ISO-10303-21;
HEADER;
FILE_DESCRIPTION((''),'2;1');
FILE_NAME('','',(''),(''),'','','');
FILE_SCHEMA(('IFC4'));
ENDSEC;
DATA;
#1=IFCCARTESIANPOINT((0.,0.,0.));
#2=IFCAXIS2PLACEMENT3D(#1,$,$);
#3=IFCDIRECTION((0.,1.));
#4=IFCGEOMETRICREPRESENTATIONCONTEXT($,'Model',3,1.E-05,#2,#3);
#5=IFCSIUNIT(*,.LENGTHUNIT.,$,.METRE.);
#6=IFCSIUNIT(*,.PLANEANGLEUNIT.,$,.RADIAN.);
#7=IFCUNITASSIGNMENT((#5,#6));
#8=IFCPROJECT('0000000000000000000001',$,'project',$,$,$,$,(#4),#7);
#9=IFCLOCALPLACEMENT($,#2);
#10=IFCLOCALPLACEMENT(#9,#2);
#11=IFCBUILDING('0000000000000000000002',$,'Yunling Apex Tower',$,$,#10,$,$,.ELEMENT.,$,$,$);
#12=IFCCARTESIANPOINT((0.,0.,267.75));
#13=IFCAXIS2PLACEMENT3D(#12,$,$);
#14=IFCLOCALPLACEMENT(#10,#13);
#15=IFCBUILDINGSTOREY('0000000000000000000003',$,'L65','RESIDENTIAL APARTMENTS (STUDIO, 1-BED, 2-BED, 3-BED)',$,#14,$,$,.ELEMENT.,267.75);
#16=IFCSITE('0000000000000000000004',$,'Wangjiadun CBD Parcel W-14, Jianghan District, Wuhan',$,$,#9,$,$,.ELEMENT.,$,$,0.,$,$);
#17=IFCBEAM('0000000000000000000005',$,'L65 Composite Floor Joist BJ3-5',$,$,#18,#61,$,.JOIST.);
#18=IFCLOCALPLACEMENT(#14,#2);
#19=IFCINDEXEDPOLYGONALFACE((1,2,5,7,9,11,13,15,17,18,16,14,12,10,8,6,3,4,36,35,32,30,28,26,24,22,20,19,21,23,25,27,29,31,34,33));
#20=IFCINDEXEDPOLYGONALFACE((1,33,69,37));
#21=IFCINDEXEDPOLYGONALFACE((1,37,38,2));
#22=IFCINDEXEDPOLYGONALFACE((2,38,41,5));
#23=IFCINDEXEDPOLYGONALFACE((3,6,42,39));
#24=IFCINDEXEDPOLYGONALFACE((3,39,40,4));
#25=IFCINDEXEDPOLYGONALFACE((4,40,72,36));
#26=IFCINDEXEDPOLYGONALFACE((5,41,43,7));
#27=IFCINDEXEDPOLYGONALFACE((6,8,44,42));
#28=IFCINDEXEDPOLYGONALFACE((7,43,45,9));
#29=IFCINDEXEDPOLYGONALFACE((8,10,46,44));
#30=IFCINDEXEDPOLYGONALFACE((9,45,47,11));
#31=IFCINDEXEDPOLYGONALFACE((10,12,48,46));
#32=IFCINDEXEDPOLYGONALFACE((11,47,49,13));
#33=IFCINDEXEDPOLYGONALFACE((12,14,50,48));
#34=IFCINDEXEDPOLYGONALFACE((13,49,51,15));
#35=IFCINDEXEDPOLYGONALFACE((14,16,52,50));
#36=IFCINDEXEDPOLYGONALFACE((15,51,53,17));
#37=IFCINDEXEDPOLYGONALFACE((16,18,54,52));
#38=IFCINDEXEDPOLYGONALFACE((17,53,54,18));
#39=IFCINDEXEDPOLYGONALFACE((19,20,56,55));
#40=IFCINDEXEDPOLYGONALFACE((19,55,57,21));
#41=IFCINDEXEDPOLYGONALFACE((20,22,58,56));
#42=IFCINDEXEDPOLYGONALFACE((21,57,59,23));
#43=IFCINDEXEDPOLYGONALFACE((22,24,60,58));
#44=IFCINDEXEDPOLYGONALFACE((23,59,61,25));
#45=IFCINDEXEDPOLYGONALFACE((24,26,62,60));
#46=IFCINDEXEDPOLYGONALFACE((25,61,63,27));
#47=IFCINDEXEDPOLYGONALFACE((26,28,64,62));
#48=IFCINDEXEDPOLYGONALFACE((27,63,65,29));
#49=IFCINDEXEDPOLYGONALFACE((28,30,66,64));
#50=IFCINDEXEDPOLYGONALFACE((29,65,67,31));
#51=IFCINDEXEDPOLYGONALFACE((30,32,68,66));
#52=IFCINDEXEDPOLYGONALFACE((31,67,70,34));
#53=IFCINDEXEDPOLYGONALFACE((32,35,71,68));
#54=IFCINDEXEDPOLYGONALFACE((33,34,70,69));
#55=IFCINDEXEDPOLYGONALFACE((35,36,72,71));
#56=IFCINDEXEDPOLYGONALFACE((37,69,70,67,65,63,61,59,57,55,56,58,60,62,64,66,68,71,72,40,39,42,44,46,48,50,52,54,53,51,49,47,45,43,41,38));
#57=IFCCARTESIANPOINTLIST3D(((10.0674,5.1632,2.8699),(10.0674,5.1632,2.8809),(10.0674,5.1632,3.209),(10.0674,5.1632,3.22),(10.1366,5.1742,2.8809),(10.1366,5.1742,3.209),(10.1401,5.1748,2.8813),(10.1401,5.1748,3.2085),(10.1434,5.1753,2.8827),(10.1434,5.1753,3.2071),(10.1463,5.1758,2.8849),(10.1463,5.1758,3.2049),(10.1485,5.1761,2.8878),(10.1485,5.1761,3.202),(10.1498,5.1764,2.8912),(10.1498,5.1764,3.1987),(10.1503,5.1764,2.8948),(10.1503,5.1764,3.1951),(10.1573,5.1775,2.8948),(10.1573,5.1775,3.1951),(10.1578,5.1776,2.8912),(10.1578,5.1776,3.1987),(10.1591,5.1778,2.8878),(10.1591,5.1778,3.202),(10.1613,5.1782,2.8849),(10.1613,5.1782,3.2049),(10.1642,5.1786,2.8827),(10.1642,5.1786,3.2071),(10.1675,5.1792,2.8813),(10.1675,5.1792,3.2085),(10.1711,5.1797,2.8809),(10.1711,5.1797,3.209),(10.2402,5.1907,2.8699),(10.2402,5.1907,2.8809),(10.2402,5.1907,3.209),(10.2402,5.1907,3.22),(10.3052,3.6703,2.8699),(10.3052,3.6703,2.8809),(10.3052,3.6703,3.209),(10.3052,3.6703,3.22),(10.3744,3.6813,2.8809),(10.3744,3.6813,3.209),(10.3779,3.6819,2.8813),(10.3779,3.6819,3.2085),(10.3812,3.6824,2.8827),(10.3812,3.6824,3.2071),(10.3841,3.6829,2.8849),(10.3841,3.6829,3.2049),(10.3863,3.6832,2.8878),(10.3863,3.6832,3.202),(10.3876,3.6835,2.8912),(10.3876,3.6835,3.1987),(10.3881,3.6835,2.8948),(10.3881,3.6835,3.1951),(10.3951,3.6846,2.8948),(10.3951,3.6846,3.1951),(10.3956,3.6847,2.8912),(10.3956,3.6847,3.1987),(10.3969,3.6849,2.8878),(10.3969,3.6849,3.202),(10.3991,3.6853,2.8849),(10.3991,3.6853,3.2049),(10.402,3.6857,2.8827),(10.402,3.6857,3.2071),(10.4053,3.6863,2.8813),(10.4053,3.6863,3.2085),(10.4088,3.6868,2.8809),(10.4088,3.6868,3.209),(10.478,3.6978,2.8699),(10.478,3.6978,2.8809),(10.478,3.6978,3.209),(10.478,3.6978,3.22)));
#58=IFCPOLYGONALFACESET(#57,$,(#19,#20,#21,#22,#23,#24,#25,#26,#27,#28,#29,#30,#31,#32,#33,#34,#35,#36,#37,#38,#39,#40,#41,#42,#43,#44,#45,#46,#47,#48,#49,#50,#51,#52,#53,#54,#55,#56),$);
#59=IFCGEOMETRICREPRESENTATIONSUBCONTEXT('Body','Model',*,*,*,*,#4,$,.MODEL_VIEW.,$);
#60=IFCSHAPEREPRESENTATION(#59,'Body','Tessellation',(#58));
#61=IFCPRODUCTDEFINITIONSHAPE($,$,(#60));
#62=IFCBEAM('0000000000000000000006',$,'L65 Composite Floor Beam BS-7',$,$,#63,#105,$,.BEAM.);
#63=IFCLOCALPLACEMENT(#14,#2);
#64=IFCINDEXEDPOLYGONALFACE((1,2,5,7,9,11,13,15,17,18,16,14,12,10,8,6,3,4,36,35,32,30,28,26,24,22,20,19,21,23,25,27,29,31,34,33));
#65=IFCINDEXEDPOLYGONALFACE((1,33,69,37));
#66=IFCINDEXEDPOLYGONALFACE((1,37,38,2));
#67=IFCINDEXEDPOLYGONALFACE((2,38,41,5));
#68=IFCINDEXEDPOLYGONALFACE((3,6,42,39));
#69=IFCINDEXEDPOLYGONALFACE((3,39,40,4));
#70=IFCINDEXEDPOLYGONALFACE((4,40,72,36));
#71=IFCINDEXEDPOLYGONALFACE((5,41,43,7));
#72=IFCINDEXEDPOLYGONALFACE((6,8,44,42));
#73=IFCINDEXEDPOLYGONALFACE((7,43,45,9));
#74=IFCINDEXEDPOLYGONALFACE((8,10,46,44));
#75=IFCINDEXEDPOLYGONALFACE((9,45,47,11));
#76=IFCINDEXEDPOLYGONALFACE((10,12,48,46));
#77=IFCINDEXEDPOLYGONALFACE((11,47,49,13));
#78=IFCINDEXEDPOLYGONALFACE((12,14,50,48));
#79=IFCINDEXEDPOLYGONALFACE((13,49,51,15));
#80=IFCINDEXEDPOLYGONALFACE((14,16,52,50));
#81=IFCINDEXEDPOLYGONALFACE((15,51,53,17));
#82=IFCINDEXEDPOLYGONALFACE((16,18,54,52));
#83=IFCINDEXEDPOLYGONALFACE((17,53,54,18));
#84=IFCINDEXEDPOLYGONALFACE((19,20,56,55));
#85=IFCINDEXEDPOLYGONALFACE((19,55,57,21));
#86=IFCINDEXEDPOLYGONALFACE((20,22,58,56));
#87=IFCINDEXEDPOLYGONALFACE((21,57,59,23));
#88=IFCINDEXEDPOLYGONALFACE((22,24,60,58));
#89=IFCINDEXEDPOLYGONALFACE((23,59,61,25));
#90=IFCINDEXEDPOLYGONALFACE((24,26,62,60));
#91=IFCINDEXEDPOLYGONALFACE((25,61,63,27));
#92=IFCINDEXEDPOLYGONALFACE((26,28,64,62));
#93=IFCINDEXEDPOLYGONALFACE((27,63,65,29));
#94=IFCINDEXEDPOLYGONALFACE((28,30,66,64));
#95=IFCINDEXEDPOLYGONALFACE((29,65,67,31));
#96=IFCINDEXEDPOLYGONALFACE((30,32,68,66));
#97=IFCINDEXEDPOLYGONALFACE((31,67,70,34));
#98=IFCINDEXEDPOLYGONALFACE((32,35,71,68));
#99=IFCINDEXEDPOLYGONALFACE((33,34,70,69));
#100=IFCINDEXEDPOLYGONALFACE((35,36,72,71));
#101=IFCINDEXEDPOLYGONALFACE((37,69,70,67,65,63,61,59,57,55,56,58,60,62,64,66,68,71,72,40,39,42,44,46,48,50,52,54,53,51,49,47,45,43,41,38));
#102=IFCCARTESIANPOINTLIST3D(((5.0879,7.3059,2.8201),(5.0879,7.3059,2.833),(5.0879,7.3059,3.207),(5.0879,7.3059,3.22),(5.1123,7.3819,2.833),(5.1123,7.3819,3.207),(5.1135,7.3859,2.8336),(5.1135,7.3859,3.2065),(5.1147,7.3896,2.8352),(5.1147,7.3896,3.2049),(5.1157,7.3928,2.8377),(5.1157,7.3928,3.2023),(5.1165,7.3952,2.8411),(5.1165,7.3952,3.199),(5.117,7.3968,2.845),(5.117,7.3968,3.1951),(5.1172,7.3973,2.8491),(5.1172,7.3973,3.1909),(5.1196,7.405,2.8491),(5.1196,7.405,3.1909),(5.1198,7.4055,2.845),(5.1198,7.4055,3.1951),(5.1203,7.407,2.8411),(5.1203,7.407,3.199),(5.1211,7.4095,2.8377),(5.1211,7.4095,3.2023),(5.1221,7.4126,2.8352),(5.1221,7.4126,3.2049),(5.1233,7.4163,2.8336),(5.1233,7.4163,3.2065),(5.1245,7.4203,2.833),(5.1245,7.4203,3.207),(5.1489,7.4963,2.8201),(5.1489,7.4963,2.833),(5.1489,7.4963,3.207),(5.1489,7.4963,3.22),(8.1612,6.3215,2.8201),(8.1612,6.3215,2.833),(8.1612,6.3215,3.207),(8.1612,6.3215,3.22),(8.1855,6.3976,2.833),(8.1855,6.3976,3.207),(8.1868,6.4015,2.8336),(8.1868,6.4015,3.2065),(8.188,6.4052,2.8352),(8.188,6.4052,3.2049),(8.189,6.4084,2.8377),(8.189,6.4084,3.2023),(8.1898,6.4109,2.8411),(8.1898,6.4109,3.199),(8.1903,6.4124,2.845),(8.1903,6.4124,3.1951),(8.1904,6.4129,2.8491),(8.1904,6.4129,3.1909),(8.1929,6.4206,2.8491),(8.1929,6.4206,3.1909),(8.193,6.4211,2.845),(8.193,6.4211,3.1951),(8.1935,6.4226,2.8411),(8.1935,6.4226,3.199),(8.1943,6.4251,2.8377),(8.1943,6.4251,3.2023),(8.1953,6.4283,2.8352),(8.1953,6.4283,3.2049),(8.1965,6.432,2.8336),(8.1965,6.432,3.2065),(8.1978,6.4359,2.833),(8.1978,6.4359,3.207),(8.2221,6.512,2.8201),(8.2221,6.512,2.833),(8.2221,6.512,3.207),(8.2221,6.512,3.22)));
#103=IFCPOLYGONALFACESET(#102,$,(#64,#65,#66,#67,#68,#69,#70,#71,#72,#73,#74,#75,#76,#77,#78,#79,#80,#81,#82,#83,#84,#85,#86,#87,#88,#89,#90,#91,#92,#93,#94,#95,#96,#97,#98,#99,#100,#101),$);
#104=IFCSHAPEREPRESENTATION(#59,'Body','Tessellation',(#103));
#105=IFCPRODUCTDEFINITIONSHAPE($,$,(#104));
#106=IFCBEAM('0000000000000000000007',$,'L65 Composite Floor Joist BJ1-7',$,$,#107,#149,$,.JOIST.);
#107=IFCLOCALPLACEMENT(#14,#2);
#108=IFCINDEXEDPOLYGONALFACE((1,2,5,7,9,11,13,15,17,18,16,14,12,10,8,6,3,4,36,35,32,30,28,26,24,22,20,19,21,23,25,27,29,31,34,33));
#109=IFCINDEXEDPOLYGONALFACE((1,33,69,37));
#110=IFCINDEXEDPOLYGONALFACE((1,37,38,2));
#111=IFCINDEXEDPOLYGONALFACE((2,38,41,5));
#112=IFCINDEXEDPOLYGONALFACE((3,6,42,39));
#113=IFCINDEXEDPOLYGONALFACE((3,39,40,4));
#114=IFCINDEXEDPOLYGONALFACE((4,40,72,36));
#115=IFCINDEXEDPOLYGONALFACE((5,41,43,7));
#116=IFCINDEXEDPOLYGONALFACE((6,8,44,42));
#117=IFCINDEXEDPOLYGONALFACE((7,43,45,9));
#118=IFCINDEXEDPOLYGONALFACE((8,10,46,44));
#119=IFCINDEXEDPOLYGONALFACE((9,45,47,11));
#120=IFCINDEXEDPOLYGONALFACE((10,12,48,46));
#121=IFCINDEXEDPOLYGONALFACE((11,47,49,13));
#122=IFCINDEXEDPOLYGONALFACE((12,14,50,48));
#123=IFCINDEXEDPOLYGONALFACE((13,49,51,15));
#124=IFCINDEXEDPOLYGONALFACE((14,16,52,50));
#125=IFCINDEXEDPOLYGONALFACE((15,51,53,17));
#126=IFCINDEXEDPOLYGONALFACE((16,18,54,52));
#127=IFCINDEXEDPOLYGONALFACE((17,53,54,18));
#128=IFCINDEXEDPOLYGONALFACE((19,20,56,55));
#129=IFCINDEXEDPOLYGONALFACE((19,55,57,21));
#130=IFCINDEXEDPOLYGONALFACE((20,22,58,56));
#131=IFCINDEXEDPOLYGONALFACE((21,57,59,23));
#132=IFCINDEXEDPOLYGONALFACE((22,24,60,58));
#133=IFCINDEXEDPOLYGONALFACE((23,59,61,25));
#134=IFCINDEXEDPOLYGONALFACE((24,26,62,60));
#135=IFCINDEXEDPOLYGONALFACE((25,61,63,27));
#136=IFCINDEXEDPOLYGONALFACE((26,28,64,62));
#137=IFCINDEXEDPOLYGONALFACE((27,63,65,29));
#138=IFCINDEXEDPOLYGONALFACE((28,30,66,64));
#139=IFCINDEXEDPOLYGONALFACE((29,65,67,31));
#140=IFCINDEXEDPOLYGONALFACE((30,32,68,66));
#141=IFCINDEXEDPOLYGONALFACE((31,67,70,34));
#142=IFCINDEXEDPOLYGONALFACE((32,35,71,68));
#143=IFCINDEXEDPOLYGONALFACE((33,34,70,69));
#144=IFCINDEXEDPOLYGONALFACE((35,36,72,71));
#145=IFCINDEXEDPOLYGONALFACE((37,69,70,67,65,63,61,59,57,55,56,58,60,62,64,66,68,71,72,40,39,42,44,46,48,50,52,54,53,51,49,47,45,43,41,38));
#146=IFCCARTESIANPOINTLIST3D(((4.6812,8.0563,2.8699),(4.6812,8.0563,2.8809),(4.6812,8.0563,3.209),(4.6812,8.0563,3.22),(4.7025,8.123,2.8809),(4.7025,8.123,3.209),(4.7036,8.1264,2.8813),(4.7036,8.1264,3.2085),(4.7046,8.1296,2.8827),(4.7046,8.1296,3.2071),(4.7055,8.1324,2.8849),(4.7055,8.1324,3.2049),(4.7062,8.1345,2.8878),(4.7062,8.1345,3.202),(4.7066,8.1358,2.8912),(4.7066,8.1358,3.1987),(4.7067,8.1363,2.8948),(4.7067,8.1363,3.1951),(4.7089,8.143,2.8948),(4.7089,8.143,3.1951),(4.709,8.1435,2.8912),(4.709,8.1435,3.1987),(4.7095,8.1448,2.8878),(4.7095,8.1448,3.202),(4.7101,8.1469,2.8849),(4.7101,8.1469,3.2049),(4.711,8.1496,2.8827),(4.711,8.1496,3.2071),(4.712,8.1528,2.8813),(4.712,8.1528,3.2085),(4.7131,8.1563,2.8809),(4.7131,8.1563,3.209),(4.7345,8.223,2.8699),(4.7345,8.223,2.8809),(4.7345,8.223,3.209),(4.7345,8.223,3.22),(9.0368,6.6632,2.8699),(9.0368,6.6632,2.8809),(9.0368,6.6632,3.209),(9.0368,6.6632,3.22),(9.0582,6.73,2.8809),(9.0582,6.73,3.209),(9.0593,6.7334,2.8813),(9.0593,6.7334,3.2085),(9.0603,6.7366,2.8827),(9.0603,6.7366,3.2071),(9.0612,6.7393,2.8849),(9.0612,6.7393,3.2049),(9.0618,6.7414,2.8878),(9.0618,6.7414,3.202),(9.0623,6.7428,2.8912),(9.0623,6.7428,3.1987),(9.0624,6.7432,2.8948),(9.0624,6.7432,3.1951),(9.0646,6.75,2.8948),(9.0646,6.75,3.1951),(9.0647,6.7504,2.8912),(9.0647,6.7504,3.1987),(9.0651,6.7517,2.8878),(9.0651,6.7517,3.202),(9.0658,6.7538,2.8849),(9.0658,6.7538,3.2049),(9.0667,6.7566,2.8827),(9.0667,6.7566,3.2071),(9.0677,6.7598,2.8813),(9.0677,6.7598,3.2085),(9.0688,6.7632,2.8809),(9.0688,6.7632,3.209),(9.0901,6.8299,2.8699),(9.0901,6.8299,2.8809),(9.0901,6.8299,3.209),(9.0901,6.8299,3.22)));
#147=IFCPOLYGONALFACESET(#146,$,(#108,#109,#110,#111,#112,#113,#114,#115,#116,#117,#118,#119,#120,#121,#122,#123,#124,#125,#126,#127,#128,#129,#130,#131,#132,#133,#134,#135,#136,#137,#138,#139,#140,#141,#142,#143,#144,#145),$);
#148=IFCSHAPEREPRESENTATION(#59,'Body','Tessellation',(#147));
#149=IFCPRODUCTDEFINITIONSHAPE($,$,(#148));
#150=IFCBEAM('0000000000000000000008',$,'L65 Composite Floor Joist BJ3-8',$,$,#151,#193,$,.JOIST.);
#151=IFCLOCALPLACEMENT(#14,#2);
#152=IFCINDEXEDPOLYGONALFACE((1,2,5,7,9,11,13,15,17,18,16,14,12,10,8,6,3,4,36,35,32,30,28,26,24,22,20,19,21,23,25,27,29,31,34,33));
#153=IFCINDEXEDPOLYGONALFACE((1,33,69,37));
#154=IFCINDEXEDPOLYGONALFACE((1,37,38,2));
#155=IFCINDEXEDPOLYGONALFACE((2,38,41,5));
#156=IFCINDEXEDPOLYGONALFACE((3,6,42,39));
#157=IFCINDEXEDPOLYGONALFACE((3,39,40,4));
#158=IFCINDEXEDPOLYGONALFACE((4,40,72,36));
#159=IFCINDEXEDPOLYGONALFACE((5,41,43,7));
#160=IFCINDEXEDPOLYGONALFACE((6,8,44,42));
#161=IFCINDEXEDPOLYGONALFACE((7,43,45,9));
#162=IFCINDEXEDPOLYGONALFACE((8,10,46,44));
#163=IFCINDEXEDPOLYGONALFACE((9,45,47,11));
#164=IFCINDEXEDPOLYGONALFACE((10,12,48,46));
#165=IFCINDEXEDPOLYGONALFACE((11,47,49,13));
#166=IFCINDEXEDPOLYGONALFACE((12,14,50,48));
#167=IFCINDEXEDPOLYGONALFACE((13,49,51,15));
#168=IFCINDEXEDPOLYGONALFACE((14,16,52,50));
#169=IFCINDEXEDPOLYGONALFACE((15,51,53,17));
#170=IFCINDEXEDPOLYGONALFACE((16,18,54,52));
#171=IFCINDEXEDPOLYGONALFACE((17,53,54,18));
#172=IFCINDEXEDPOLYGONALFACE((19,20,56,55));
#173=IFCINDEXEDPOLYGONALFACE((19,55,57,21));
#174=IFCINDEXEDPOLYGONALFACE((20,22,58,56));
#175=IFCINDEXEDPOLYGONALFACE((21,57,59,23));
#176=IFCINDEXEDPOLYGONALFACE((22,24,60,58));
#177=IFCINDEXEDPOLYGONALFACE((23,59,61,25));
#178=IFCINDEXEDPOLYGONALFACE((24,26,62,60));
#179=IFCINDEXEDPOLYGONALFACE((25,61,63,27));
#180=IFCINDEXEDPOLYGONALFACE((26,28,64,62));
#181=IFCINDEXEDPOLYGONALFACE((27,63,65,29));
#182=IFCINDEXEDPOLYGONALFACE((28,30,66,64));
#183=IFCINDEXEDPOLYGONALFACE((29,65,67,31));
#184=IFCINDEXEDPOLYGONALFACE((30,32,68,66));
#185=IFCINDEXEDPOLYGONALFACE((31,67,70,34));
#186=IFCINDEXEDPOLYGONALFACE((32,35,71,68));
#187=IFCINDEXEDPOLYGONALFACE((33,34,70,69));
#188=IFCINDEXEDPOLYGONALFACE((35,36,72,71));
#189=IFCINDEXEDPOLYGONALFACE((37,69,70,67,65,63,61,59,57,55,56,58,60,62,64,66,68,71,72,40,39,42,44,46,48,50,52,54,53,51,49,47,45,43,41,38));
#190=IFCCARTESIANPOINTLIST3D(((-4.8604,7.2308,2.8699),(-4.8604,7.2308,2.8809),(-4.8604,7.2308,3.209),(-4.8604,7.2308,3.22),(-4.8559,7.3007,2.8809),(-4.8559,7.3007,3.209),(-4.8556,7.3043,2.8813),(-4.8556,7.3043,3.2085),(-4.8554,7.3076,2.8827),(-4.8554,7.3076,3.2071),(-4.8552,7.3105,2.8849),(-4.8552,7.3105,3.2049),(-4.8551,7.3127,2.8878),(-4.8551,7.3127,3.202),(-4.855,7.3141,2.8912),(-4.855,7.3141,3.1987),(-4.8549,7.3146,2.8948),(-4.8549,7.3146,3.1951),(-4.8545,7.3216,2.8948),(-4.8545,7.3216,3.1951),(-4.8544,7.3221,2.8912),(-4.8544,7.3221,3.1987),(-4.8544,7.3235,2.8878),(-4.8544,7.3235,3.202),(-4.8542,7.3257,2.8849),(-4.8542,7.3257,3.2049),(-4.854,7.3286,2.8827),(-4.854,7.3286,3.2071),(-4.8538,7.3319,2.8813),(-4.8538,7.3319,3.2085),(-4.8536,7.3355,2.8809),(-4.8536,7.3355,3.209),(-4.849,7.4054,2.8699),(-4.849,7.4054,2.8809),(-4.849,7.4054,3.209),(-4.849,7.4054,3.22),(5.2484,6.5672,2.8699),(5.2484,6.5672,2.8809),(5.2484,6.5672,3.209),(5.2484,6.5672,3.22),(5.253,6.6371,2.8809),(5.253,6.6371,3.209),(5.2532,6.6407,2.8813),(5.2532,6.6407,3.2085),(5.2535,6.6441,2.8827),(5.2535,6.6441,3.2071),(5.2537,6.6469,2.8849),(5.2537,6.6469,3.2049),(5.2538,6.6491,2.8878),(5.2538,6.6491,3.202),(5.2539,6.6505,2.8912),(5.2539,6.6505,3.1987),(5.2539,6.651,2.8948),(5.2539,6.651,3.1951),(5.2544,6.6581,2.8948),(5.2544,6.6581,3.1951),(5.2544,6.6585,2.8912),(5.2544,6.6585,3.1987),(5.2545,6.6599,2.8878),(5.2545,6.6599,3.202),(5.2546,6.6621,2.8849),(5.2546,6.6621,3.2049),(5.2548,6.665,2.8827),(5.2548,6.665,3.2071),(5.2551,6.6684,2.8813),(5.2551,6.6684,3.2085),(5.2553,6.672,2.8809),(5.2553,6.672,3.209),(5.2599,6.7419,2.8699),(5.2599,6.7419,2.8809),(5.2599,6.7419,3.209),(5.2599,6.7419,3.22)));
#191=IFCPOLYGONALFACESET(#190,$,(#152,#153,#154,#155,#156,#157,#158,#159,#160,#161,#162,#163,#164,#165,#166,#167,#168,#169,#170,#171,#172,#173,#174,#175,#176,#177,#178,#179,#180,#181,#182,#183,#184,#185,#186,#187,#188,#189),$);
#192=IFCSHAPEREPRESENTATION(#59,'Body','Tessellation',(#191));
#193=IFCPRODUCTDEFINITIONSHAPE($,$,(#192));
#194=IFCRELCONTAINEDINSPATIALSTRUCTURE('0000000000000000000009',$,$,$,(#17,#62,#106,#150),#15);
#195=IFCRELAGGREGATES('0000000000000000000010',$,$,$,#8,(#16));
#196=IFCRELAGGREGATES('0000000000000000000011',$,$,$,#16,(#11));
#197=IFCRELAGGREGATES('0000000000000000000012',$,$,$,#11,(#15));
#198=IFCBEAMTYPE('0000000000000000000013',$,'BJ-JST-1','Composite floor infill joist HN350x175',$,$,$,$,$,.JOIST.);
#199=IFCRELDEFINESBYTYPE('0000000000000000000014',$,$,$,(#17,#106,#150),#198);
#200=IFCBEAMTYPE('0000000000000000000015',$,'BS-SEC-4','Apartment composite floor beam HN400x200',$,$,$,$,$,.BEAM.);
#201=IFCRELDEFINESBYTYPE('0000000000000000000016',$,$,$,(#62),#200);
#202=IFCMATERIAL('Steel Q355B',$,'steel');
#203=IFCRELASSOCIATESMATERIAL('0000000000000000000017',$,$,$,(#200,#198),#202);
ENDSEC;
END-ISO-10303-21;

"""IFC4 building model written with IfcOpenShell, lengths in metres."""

from ifc_helpers import new_model, si_unit, direction, frame, origin, origin_2d, place, context, subcontext, project, spatial, i_section, extrude, source, transform, mapped, material, material_profile, profile_set, type_object, element, save


model = new_model("IFC4")

# Units and contexts
model_context = context("Model", 3, precision=1e-05, world=origin(), true_north=direction((0.0, 1.0)))
body_context = subcontext(model_context, "Body", "Model", "MODEL_VIEW")
ifc_project = project(units=[si_unit("LENGTHUNIT", "METRE"), si_unit("PLANEANGLEUNIT", "RADIAN")], contexts=[model_context])

# Site, building, storey
site_placement = place(None, origin())
site = spatial("IfcSite", under=ifc_project, at=site_placement, Name="Wangjiadun CBD Parcel W-14, Jianghan District, Wuhan", CompositionType="ELEMENT", RefElevation=0.0)
building_placement = place(site_placement, origin())
building = spatial("IfcBuilding", under=site, at=building_placement, Name="Yunling Apex Tower", CompositionType="ELEMENT")
storey_placement = place(building_placement, frame((0.0, 0.0, 267.75)))
storey = spatial("IfcBuildingStorey", under=building, at=storey_placement, Name="L65", Description="RESIDENTIAL APARTMENTS (STUDIO, 1-BED, 2-BED, 3-BED)", CompositionType="ELEMENT", Elevation=267.75)

# Shared definitions
ifc_material_1 = material(Name="Steel Q355B", Category="steel")

# Beams
ifc_material_profile_1 = material_profile(ifc_material_1, i_section(OverallWidth=0.2, OverallDepth=0.3999, WebThickness=0.0081, FlangeThickness=0.0129, FilletRadius=0.0161, at=origin_2d()))
ifc_profile_set_1 = profile_set([ifc_material_profile_1], Name="Steel Q355B")
beam_type_1 = type_object("IfcBeamType", Name="BS-SEC-4", Description="Apartment composite floor beam HN400x200", PredefinedType="BEAM", material=ifc_profile_set_1)
ifc_material_profile_2 = material_profile(ifc_material_1, i_section(OverallWidth=0.175, OverallDepth=0.3501, WebThickness=0.0071, FlangeThickness=0.011, FilletRadius=0.0139, at=origin_2d()))
ifc_profile_set_2 = profile_set([ifc_material_profile_2], Name="Steel Q355B")
beam_type_2 = type_object("IfcBeamType", Name="BJ-JST-1", Description="Composite floor infill joist HN350x175", PredefinedType="JOIST", material=ifc_profile_set_2)
shared_shape_1 = source(origin(), body_context, "Body", "SweptSolid", [
    extrude(i_section(OverallWidth=0.175, OverallDepth=0.3501, WebThickness=0.0071, FlangeThickness=0.011, FilletRadius=0.0139, at=origin_2d()), origin(), (0.0, 0.0, 1.0), 1.5117),
])
beam_1_placement = place(storey_placement, frame((10.3916, 3.6841, 3.0449), z_axis=(-0.157298, 0.987551, 0.0), x_axis=(-0.987551, -0.157298, 0.0)))
element("IfcBeam", 1, at=beam_1_placement, inside=storey, type_object=beam_type_2, Name="L65 Composite Floor Joist BJ3-5", PredefinedType="JOIST", context=body_context, shape_type="MappedRepresentation", body=[
    mapped(shared_shape_1, transform((0.0, 0.0, 0.0), scale=1.0)),
])
shared_shape_2 = source(origin(), body_context, "Body", "SweptSolid", [
    extrude(i_section(OverallWidth=0.2, OverallDepth=0.3999, WebThickness=0.0081, FlangeThickness=0.0129, FilletRadius=0.0161, at=origin_2d()), origin(), (0.0, 0.0, 1.0), 3.2271),
])
beam_2_placement = place(storey_placement, frame((8.1917, 6.4167, 3.02), z_axis=(-0.95234, 0.305039, 0.0), x_axis=(-0.305039, -0.95234, 0.0)))
element("IfcBeam", 2, at=beam_2_placement, inside=storey, type_object=beam_type_1, Name="L65 Composite Floor Beam BS-7", PredefinedType="BEAM", context=body_context, shape_type="MappedRepresentation", body=[
    mapped(shared_shape_2, transform((0.0, 0.0, 0.0), scale=1.0)),
])
shared_shape_3 = source(origin(), body_context, "Body", "SweptSolid", [
    extrude(i_section(OverallWidth=0.175, OverallDepth=0.3501, WebThickness=0.0071, FlangeThickness=0.011, FilletRadius=0.0139, at=origin_2d()), origin(), (0.0, 0.0, 1.0), 4.573),
])
beam_3_placement = place(storey_placement, frame((9.0635, 6.7466, 3.0449), z_axis=(-0.952472, 0.304625, 0.0), x_axis=(-0.304625, -0.952472, 0.0)))
element("IfcBeam", 3, at=beam_3_placement, inside=storey, type_object=beam_type_2, Name="L65 Composite Floor Joist BJ1-7", PredefinedType="JOIST", context=body_context, shape_type="MappedRepresentation", body=[
    mapped(shared_shape_3, transform((0.0, 0.0, 0.0), scale=1.0)),
])
shared_shape_4 = source(origin(), body_context, "Body", "SweptSolid", [
    extrude(i_section(OverallWidth=0.175, OverallDepth=0.3501, WebThickness=0.0071, FlangeThickness=0.011, FilletRadius=0.0139, at=origin_2d()), origin(), (0.0, 0.0, 1.0), 10.1306),
])
beam_4_placement = place(storey_placement, frame((5.2542, 6.6545, 3.0449), z_axis=(-0.997852, 0.065502, 0.0), x_axis=(-0.065502, -0.997852, 0.0)))
element("IfcBeam", 4, at=beam_4_placement, inside=storey, type_object=beam_type_2, Name="L65 Composite Floor Joist BJ3-8", PredefinedType="JOIST", context=body_context, shape_type="MappedRepresentation", body=[
    mapped(shared_shape_4, transform((0.0, 0.0, 0.0), scale=1.0)),
])

save(model, "model.ifc")
